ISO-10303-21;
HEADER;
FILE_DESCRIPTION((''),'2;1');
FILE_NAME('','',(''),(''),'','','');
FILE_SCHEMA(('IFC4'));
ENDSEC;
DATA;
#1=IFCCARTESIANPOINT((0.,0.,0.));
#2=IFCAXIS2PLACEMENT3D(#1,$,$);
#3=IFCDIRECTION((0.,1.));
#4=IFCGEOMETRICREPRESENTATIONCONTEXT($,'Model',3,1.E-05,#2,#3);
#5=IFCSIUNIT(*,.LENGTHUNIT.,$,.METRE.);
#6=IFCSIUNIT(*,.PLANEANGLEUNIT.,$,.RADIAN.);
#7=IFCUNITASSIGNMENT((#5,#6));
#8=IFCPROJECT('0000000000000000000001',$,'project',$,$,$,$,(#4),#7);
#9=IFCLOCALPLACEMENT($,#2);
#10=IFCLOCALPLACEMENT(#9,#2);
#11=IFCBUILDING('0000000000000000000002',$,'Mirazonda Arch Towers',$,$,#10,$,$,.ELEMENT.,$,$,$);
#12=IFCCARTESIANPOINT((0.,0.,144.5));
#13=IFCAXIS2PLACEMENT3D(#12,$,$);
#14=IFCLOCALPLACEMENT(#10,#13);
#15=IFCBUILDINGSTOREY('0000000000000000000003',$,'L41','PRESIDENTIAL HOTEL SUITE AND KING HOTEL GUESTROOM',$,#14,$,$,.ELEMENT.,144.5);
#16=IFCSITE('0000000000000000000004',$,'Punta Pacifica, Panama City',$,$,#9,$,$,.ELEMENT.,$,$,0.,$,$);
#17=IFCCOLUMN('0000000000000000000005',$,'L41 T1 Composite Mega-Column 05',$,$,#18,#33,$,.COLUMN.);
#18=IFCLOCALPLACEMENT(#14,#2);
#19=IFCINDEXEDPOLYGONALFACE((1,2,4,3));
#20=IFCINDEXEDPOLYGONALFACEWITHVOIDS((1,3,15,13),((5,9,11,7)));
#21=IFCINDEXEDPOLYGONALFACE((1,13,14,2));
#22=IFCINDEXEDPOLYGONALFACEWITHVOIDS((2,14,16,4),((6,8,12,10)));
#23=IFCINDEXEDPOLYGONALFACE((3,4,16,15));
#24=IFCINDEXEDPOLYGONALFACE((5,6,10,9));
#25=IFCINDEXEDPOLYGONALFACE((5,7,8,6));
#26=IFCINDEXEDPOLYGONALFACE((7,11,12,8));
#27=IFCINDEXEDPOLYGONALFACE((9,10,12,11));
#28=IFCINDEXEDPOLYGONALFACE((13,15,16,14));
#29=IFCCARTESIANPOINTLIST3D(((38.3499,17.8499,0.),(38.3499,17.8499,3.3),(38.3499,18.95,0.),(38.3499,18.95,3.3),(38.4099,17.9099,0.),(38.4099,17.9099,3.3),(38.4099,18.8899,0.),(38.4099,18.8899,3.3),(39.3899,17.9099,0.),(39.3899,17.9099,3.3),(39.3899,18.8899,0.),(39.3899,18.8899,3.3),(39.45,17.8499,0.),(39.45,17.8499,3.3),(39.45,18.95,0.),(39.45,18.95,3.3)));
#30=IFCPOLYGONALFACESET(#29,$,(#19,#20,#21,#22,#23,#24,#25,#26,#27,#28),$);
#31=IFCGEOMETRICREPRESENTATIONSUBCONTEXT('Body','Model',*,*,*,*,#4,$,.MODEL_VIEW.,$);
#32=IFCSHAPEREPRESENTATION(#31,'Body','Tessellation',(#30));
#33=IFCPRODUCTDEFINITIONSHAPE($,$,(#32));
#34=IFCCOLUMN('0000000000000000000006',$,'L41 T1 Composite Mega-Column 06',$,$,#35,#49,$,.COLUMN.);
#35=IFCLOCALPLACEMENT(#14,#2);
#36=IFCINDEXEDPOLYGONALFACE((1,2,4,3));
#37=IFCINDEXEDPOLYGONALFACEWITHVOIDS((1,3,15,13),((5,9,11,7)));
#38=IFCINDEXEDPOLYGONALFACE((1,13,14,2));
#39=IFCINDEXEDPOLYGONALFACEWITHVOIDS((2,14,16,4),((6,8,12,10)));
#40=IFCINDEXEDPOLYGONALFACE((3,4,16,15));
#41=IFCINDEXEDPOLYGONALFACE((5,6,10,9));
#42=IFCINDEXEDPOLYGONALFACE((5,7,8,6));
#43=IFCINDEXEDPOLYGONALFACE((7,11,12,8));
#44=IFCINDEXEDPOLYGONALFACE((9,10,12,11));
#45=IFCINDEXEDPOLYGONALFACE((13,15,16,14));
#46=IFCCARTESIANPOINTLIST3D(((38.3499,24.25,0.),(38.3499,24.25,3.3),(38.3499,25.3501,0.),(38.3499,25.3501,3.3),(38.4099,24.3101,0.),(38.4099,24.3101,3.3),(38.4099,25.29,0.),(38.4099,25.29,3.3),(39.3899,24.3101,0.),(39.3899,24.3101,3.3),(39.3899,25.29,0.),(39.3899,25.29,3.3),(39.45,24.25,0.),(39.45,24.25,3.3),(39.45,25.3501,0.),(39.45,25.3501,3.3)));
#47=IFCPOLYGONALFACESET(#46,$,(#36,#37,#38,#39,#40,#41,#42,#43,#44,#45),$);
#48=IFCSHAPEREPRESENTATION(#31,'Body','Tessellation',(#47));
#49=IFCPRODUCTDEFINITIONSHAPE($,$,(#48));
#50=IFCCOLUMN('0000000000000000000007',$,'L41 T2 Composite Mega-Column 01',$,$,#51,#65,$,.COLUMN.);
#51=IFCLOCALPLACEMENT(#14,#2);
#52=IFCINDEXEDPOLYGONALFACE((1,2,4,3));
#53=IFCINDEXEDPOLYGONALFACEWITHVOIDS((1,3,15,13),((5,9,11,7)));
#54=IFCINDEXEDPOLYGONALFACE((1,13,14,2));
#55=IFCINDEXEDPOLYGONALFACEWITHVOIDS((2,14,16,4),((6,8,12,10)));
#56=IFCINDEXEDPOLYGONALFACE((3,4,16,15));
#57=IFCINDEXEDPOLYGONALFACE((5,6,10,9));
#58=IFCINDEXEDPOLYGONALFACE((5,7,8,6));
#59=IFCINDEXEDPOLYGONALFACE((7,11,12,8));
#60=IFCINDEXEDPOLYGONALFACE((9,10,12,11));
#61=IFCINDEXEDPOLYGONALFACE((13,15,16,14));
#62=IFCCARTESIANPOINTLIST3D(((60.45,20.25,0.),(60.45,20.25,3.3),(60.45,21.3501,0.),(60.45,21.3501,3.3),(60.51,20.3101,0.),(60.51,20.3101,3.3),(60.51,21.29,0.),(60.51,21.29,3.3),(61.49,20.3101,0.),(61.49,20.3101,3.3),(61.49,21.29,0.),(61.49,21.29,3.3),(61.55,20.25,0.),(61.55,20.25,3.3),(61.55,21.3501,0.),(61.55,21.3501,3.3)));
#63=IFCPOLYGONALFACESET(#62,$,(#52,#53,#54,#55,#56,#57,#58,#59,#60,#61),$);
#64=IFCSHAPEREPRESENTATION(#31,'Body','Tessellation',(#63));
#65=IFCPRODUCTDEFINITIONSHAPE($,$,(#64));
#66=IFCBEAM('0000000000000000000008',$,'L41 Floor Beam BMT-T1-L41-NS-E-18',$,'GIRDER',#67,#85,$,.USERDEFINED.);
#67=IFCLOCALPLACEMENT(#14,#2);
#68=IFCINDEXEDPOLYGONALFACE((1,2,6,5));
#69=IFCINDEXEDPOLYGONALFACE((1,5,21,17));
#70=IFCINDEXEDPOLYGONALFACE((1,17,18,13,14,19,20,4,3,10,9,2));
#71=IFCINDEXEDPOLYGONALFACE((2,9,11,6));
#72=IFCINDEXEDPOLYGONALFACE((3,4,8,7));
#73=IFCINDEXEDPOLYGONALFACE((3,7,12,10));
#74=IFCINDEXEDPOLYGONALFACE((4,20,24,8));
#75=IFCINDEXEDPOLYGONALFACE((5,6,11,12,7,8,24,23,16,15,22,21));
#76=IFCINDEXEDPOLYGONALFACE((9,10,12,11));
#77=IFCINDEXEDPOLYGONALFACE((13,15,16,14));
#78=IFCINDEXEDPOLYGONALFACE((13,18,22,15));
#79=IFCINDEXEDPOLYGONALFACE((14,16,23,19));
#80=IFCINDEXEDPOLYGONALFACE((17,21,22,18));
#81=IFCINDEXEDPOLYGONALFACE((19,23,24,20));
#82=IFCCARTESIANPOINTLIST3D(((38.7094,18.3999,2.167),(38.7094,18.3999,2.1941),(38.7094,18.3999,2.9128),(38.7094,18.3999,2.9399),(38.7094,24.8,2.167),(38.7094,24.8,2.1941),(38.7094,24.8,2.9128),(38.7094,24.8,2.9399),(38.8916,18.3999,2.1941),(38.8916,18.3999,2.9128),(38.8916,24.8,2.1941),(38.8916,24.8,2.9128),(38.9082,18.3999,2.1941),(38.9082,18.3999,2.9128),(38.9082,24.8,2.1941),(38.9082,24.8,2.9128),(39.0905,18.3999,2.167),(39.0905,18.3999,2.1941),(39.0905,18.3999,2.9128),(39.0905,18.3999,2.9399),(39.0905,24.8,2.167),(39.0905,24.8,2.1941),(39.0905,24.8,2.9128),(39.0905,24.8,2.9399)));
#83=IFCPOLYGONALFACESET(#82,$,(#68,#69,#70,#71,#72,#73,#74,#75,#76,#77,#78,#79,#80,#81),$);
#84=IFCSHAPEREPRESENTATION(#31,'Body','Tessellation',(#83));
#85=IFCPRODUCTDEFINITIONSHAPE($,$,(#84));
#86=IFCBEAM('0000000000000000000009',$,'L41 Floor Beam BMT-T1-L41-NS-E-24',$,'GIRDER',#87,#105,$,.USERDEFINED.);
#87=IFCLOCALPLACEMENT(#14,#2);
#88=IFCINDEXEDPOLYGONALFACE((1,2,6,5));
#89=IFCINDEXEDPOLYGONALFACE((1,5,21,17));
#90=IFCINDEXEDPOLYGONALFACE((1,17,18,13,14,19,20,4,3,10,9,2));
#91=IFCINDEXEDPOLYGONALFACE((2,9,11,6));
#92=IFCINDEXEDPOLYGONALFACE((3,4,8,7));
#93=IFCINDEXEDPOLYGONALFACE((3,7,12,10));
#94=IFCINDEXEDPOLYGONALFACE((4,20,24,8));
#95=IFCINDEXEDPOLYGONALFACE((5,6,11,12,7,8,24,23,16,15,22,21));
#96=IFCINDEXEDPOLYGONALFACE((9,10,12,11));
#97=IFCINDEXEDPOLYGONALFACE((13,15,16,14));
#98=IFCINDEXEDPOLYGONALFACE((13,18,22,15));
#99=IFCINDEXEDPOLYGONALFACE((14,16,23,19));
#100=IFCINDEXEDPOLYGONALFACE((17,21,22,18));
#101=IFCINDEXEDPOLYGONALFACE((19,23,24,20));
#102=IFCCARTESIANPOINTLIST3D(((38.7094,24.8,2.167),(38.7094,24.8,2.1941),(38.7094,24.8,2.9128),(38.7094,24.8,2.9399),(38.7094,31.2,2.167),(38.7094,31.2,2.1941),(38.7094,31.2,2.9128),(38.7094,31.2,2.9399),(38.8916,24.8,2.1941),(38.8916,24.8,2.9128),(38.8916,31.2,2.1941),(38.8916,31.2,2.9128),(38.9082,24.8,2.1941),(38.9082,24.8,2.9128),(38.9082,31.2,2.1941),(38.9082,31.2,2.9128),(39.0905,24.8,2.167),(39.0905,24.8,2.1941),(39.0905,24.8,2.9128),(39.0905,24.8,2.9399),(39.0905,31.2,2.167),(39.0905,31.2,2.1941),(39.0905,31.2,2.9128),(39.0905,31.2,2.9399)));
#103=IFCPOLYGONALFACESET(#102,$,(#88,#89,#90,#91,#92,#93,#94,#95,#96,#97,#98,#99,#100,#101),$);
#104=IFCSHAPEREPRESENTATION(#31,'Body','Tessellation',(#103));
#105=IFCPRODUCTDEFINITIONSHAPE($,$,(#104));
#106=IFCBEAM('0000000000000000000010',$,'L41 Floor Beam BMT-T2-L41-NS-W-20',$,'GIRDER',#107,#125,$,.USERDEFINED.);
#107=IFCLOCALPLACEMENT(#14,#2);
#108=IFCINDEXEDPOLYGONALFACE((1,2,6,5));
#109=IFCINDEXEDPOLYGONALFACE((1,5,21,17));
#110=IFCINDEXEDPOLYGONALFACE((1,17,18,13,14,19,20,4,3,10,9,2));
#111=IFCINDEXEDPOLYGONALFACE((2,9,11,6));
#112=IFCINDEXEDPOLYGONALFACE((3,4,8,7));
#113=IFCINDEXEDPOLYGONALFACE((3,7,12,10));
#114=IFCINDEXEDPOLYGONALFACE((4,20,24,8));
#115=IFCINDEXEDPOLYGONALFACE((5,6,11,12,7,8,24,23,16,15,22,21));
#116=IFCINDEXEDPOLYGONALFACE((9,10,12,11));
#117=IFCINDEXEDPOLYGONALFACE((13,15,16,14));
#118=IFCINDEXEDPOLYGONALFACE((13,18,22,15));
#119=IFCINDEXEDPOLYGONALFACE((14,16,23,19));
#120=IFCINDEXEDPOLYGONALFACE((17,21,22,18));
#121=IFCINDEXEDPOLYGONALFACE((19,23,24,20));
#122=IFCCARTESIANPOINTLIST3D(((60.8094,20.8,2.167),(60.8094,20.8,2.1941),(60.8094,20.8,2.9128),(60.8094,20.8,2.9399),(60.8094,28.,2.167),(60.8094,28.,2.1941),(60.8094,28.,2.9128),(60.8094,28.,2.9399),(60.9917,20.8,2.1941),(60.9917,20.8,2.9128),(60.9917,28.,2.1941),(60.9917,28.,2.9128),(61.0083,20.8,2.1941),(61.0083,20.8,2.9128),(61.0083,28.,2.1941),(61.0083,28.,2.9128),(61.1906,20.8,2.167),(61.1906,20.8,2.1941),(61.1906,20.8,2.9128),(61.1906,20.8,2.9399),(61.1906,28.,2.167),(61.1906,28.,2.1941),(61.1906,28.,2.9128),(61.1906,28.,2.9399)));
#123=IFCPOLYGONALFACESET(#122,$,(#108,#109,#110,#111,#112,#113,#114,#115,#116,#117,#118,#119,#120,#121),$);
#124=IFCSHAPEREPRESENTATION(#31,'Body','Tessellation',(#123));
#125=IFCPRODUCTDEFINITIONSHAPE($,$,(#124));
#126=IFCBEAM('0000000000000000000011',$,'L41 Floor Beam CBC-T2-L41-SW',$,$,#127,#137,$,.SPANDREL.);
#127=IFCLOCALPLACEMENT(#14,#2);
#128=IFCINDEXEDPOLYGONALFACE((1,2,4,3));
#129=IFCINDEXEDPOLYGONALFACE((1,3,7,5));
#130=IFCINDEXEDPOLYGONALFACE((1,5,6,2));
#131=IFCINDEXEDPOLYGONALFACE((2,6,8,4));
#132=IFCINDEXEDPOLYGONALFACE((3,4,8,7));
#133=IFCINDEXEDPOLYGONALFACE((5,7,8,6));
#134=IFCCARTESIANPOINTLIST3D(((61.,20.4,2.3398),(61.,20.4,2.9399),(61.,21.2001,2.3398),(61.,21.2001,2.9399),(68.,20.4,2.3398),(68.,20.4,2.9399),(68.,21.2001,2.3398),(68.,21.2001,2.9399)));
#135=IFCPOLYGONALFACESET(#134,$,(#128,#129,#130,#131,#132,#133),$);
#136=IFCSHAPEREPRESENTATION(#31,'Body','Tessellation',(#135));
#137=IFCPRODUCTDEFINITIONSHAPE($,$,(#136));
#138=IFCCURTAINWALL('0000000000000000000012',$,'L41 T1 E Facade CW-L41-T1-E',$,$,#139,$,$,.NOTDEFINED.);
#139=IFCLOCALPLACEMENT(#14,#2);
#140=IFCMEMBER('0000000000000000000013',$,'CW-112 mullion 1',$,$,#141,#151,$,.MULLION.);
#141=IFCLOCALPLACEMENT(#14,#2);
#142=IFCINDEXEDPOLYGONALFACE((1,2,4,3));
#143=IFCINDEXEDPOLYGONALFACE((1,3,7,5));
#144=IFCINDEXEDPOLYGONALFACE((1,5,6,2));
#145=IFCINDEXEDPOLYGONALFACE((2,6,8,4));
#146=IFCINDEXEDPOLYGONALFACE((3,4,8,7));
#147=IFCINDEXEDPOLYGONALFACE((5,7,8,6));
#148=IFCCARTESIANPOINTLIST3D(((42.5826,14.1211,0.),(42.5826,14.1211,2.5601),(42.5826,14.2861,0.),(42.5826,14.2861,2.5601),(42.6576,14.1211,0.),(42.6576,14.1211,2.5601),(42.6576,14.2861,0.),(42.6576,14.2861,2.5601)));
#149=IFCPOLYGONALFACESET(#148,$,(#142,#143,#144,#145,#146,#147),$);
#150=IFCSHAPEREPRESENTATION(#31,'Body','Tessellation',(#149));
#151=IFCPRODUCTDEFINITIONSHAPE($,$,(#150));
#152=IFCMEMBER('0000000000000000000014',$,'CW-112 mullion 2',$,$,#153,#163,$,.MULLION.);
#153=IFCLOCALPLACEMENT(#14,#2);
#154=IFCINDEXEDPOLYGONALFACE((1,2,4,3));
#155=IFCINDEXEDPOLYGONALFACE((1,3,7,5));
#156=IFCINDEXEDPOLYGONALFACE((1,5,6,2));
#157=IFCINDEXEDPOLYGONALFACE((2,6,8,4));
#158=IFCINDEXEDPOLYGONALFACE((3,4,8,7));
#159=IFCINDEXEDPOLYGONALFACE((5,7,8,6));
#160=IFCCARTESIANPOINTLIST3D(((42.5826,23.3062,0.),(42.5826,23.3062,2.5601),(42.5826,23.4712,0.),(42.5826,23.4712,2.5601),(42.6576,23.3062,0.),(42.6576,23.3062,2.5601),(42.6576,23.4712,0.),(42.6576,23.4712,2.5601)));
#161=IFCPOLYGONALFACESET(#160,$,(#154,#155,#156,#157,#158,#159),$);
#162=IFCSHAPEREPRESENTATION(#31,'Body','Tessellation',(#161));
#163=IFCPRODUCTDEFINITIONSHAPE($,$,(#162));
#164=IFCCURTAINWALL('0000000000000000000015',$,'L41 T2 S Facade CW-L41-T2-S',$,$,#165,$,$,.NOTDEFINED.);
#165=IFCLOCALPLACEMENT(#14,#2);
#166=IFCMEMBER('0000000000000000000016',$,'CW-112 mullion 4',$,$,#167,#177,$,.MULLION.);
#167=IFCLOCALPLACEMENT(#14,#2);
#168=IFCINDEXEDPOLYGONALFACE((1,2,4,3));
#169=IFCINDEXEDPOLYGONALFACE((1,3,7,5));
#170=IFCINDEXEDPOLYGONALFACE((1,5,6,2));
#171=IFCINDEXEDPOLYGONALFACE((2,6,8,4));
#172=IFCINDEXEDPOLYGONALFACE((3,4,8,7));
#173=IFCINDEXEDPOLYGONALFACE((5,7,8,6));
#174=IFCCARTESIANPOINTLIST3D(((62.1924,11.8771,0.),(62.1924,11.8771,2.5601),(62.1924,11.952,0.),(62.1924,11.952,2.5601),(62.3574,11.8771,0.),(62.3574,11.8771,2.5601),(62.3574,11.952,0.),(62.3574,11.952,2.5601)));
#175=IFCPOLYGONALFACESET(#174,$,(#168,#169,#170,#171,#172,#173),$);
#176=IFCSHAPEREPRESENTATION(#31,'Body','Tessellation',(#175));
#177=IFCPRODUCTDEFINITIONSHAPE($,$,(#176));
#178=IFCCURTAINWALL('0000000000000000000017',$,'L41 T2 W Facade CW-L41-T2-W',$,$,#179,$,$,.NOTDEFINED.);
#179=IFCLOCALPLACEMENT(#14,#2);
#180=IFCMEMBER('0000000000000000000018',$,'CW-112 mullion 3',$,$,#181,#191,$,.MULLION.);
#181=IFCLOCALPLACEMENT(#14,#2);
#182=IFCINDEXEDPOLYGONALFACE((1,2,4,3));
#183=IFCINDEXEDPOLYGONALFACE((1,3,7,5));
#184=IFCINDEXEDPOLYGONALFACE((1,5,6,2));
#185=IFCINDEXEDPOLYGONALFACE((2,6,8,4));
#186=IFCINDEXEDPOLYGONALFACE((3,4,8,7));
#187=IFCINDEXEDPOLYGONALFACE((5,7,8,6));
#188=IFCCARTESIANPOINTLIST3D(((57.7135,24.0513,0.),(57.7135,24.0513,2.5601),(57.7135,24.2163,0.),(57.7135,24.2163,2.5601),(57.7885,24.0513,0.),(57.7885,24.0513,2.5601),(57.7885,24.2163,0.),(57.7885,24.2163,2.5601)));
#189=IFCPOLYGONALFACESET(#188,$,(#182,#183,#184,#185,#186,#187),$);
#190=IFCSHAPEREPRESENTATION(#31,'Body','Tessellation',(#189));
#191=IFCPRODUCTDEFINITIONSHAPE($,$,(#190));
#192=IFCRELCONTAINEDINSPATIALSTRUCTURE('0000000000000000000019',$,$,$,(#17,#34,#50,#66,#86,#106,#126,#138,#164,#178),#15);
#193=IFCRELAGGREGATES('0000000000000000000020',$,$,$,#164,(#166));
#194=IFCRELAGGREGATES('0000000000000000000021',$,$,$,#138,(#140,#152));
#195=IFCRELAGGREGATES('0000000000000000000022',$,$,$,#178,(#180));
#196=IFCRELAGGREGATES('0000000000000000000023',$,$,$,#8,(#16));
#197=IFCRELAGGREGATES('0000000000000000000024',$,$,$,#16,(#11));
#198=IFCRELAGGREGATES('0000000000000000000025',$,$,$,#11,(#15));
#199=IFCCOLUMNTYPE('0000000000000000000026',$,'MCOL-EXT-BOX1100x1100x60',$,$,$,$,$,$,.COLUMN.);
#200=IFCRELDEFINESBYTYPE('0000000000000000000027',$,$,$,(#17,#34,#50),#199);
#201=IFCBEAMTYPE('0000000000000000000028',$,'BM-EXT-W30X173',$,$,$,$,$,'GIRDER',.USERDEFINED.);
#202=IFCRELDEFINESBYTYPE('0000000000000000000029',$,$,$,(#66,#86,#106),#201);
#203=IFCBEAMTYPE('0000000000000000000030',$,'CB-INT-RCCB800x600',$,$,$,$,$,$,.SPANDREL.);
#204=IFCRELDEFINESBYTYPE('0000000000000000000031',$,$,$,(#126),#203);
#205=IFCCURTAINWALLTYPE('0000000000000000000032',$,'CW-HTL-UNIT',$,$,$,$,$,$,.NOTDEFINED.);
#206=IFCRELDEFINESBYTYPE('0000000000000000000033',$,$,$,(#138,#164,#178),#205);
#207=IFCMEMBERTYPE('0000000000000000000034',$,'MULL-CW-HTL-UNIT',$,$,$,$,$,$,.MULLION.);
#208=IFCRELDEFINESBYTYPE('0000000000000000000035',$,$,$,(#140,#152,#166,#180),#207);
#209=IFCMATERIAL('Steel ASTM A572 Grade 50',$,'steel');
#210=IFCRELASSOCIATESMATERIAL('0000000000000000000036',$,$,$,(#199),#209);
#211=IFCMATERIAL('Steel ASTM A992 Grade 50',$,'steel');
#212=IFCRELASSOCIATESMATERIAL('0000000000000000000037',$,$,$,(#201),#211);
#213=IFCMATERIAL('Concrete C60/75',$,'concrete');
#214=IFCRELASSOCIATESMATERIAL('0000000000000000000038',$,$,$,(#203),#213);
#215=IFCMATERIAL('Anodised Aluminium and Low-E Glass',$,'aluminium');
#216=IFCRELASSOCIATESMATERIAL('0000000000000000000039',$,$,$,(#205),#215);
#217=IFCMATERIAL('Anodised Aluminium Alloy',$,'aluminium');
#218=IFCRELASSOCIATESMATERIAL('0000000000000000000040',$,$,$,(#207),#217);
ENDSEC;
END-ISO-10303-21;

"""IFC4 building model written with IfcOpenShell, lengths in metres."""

from ifc_helpers import new_model, si_unit, direction, frame, origin, origin_2d, place, context, subcontext, project, spatial, rectangle, hollow_rectangle, i_section, extrude, material, material_profile, profile_set, type_object, element, aggregate, save


model = new_model("IFC4")

# Units and contexts
model_context = context("Model", 3, precision=1e-05, world=origin(), true_north=direction((0.0, 1.0)))
body_context = subcontext(model_context, "Body", "Model", "MODEL_VIEW")
ifc_project = project(units=[si_unit("LENGTHUNIT", "METRE"), si_unit("PLANEANGLEUNIT", "RADIAN")], contexts=[model_context])

# Site, building, storey
site_placement = place(None, origin())
site = spatial("IfcSite", under=ifc_project, at=site_placement, Name="Punta Pacifica, Panama City", CompositionType="ELEMENT", RefElevation=0.0)
building_placement = place(site_placement, origin())
building = spatial("IfcBuilding", under=site, at=building_placement, Name="Mirazonda Arch Towers", CompositionType="ELEMENT")
storey_placement = place(building_placement, frame((0.0, 0.0, 144.5)))
storey = spatial("IfcBuildingStorey", under=building, at=storey_placement, Name="L41", Description="PRESIDENTIAL HOTEL SUITE AND KING HOTEL GUESTROOM", CompositionType="ELEMENT", Elevation=144.5)

# Columns
ifc_material_1 = material(Name="Steel ASTM A572 Grade 50", Category="steel")
ifc_material_profile_1 = material_profile(ifc_material_1, hollow_rectangle(XDim=1.1001, YDim=1.1001, WallThickness=0.0601, at=origin_2d()), Name="BOX1100x1100x60")
ifc_profile_set_1 = profile_set([ifc_material_profile_1], Name="Steel ASTM A572 Grade 50")
column_type = type_object("IfcColumnType", Name="MCOL-EXT-BOX1100x1100x60", PredefinedType="COLUMN", material=ifc_profile_set_1)
for number, where, z_axis, x_axis, name in (
    (1, (38.8999, 18.3999, 0.0), (0.0, 0.0, 1.0), (1.0, 0.0, 0.0), "L41 T1 Composite Mega-Column 05"),
    (2, (38.8999, 24.8, 0.0), (0.0, 0.0, 1.0), (1.0, 0.0, 0.0), "L41 T1 Composite Mega-Column 06"),
    (3, (61.0, 20.8, 0.0), (0.0, 0.0, 1.0), (1.0, 0.0, 0.0), "L41 T2 Composite Mega-Column 01"),
):
    element("IfcColumn", number, at=place(storey_placement, frame(where, z_axis=z_axis, x_axis=x_axis)), inside=storey, type_object=column_type, Name=name, PredefinedType="COLUMN", context=body_context, shape_type="SweptSolid", body=[
        extrude(hollow_rectangle(XDim=1.1001, YDim=1.1001, WallThickness=0.0601, at=origin_2d()), origin(), (0.0, 0.0, 1.0), 3.3),
    ])

# Beams
ifc_material_2 = material(Name="Steel ASTM A992 Grade 50", Category="steel")
ifc_material_profile_2 = material_profile(ifc_material_2, i_section(OverallWidth=0.3811, OverallDepth=0.7729, WebThickness=0.0166, FlangeThickness=0.0271, at=origin_2d()), Name="W30X173")
ifc_profile_set_2 = profile_set([ifc_material_profile_2], Name="Steel ASTM A992 Grade 50")
beam_type_1 = type_object("IfcBeamType", Name="BM-EXT-W30X173", ElementType="GIRDER", PredefinedType="USERDEFINED", material=ifc_profile_set_2)
beam_1_placement = place(storey_placement, frame((38.8999, 18.3999, 2.5535), z_axis=(0.0, 1.0, 0.0), x_axis=(-1.0, 0.0, 0.0)))
element("IfcBeam", 4, at=beam_1_placement, inside=storey, type_object=beam_type_1, Name="L41 Floor Beam BMT-T1-L41-NS-E-18", ObjectType="GIRDER", PredefinedType="USERDEFINED", context=body_context, shape_type="SweptSolid", body=[
    extrude(i_section(OverallWidth=0.3811, OverallDepth=0.7729, WebThickness=0.0166, FlangeThickness=0.0271, at=origin_2d()), origin(), (0.0, 0.0, 1.0), 6.4001),
])
beam_2_placement = place(storey_placement, frame((38.8999, 24.8, 2.5535), z_axis=(0.0, 1.0, 0.0), x_axis=(-1.0, 0.0, 0.0)))
element("IfcBeam", 5, at=beam_2_placement, inside=storey, type_object=beam_type_1, Name="L41 Floor Beam BMT-T1-L41-NS-E-24", ObjectType="GIRDER", PredefinedType="USERDEFINED", context=body_context, shape_type="SweptSolid", body=[
    extrude(i_section(OverallWidth=0.3811, OverallDepth=0.7729, WebThickness=0.0166, FlangeThickness=0.0271, at=origin_2d()), origin(), (0.0, 0.0, 1.0), 6.3999),
])
beam_3_placement = place(storey_placement, frame((61.0, 20.8, 2.5535), z_axis=(0.0, 1.0, 0.0), x_axis=(-1.0, 0.0, 0.0)))
element("IfcBeam", 6, at=beam_3_placement, inside=storey, type_object=beam_type_1, Name="L41 Floor Beam BMT-T2-L41-NS-W-20", ObjectType="GIRDER", PredefinedType="USERDEFINED", context=body_context, shape_type="SweptSolid", body=[
    extrude(i_section(OverallWidth=0.3811, OverallDepth=0.7729, WebThickness=0.0166, FlangeThickness=0.0271, at=origin_2d()), origin(), (0.0, 0.0, 1.0), 7.2),
])
ifc_material_3 = material(Name="Concrete C60/75", Category="concrete")
ifc_material_profile_3 = material_profile(ifc_material_3, rectangle(XDim=0.8, YDim=0.6001, at=origin_2d()), Name="RCCB800x600")
ifc_profile_set_3 = profile_set([ifc_material_profile_3], Name="Concrete C60/75")
beam_type_2 = type_object("IfcBeamType", Name="CB-INT-RCCB800x600", PredefinedType="SPANDREL", material=ifc_profile_set_3)
beam_4_placement = place(storey_placement, frame((61.0, 20.8, 2.6399), z_axis=(1.0, 0.0, 0.0), x_axis=(0.0, 1.0, 0.0)))
element("IfcBeam", 7, at=beam_4_placement, inside=storey, type_object=beam_type_2, Name="L41 Floor Beam CBC-T2-L41-SW", PredefinedType="SPANDREL", context=body_context, shape_type="SweptSolid", body=[
    extrude(rectangle(XDim=0.8, YDim=0.6001, at=origin_2d()), origin(), (0.0, 0.0, 1.0), 7.0),
])

# Curtain wall, members
ifc_material_4 = material(Name="Anodised Aluminium and Low-E Glass", Category="aluminium")
curtain_wall_type = type_object("IfcCurtainWallType", Name="CW-HTL-UNIT", PredefinedType="NOTDEFINED", material=ifc_material_4)
curtain_wall_1_placement = place(storey_placement, origin())
curtain_wall_1 = element("IfcCurtainWall", 8, at=curtain_wall_1_placement, inside=storey, type_object=curtain_wall_type, Name="L41 T1 E Facade CW-L41-T1-E", PredefinedType="NOTDEFINED")
ifc_material_5 = material(Name="Anodised Aluminium Alloy", Category="aluminium")
ifc_material_profile_4 = material_profile(ifc_material_5, rectangle(XDim=0.075, YDim=0.165, at=origin_2d()), Name="ALU-MULL-75x165")
ifc_profile_set_4 = profile_set([ifc_material_profile_4], Name="Anodised Aluminium Alloy")
member_type_1 = type_object("IfcMemberType", Name="MULL-CW-HTL-UNIT", PredefinedType="MULLION", material=ifc_profile_set_4)
member_1_placement = place(storey_placement, frame((42.6201, 14.2036, 0.0), z_axis=(0.0, 0.0, 1.0), x_axis=(-1.0, 0.0, 0.0)))
member_1 = element("IfcMember", 9, at=member_1_placement, type_object=member_type_1, Name="CW-112 mullion 1", PredefinedType="MULLION", context=body_context, shape_type="SweptSolid", body=[
    extrude(rectangle(XDim=0.075, YDim=0.165, at=origin_2d()), origin(), (0.0, 0.0, 1.0), 2.5601),
])
member_2_placement = place(storey_placement, frame((42.6201, 23.3887, 0.0), z_axis=(0.0, 0.0, 1.0), x_axis=(-1.0, 0.0, 0.0)))
member_2 = element("IfcMember", 10, at=member_2_placement, type_object=member_type_1, Name="CW-112 mullion 2", PredefinedType="MULLION", context=body_context, shape_type="SweptSolid", body=[
    extrude(rectangle(XDim=0.075, YDim=0.165, at=origin_2d()), origin(), (0.0, 0.0, 1.0), 2.5601),
])

# Curtain wall, member
curtain_wall_2_placement = place(storey_placement, origin())
curtain_wall_2 = element("IfcCurtainWall", 11, at=curtain_wall_2_placement, inside=storey, type_object=curtain_wall_type, Name="L41 T2 S Facade CW-L41-T2-S", PredefinedType="NOTDEFINED")
member_3_placement = place(storey_placement, frame((62.2749, 11.9146, 0.0), z_axis=(0.0, 0.0, 1.0), x_axis=(0.0, -1.0, 0.0)))
member_3 = element("IfcMember", 12, at=member_3_placement, type_object=member_type_1, Name="CW-112 mullion 4", PredefinedType="MULLION", context=body_context, shape_type="SweptSolid", body=[
    extrude(rectangle(XDim=0.075, YDim=0.165, at=origin_2d()), origin(), (0.0, 0.0, 1.0), 2.5601),
])
aggregate(curtain_wall_2, [member_3])

# Curtain wall, member
curtain_wall_3_placement = place(storey_placement, origin())
curtain_wall_3 = element("IfcCurtainWall", 13, at=curtain_wall_3_placement, inside=storey, type_object=curtain_wall_type, Name="L41 T2 W Facade CW-L41-T2-W", PredefinedType="NOTDEFINED")
member_4_placement = place(storey_placement, frame((57.751, 24.1338, 0.0), z_axis=(0.0, 0.0, 1.0), x_axis=(1.0, 0.0, 0.0)))
member_4 = element("IfcMember", 14, at=member_4_placement, type_object=member_type_1, Name="CW-112 mullion 3", PredefinedType="MULLION", context=body_context, shape_type="SweptSolid", body=[
    extrude(rectangle(XDim=0.075, YDim=0.165, at=origin_2d()), origin(), (0.0, 0.0, 1.0), 2.5601),
])

aggregate(curtain_wall_1, [member_1, member_2])
aggregate(curtain_wall_3, [member_4])

save(model, "model.ifc")
